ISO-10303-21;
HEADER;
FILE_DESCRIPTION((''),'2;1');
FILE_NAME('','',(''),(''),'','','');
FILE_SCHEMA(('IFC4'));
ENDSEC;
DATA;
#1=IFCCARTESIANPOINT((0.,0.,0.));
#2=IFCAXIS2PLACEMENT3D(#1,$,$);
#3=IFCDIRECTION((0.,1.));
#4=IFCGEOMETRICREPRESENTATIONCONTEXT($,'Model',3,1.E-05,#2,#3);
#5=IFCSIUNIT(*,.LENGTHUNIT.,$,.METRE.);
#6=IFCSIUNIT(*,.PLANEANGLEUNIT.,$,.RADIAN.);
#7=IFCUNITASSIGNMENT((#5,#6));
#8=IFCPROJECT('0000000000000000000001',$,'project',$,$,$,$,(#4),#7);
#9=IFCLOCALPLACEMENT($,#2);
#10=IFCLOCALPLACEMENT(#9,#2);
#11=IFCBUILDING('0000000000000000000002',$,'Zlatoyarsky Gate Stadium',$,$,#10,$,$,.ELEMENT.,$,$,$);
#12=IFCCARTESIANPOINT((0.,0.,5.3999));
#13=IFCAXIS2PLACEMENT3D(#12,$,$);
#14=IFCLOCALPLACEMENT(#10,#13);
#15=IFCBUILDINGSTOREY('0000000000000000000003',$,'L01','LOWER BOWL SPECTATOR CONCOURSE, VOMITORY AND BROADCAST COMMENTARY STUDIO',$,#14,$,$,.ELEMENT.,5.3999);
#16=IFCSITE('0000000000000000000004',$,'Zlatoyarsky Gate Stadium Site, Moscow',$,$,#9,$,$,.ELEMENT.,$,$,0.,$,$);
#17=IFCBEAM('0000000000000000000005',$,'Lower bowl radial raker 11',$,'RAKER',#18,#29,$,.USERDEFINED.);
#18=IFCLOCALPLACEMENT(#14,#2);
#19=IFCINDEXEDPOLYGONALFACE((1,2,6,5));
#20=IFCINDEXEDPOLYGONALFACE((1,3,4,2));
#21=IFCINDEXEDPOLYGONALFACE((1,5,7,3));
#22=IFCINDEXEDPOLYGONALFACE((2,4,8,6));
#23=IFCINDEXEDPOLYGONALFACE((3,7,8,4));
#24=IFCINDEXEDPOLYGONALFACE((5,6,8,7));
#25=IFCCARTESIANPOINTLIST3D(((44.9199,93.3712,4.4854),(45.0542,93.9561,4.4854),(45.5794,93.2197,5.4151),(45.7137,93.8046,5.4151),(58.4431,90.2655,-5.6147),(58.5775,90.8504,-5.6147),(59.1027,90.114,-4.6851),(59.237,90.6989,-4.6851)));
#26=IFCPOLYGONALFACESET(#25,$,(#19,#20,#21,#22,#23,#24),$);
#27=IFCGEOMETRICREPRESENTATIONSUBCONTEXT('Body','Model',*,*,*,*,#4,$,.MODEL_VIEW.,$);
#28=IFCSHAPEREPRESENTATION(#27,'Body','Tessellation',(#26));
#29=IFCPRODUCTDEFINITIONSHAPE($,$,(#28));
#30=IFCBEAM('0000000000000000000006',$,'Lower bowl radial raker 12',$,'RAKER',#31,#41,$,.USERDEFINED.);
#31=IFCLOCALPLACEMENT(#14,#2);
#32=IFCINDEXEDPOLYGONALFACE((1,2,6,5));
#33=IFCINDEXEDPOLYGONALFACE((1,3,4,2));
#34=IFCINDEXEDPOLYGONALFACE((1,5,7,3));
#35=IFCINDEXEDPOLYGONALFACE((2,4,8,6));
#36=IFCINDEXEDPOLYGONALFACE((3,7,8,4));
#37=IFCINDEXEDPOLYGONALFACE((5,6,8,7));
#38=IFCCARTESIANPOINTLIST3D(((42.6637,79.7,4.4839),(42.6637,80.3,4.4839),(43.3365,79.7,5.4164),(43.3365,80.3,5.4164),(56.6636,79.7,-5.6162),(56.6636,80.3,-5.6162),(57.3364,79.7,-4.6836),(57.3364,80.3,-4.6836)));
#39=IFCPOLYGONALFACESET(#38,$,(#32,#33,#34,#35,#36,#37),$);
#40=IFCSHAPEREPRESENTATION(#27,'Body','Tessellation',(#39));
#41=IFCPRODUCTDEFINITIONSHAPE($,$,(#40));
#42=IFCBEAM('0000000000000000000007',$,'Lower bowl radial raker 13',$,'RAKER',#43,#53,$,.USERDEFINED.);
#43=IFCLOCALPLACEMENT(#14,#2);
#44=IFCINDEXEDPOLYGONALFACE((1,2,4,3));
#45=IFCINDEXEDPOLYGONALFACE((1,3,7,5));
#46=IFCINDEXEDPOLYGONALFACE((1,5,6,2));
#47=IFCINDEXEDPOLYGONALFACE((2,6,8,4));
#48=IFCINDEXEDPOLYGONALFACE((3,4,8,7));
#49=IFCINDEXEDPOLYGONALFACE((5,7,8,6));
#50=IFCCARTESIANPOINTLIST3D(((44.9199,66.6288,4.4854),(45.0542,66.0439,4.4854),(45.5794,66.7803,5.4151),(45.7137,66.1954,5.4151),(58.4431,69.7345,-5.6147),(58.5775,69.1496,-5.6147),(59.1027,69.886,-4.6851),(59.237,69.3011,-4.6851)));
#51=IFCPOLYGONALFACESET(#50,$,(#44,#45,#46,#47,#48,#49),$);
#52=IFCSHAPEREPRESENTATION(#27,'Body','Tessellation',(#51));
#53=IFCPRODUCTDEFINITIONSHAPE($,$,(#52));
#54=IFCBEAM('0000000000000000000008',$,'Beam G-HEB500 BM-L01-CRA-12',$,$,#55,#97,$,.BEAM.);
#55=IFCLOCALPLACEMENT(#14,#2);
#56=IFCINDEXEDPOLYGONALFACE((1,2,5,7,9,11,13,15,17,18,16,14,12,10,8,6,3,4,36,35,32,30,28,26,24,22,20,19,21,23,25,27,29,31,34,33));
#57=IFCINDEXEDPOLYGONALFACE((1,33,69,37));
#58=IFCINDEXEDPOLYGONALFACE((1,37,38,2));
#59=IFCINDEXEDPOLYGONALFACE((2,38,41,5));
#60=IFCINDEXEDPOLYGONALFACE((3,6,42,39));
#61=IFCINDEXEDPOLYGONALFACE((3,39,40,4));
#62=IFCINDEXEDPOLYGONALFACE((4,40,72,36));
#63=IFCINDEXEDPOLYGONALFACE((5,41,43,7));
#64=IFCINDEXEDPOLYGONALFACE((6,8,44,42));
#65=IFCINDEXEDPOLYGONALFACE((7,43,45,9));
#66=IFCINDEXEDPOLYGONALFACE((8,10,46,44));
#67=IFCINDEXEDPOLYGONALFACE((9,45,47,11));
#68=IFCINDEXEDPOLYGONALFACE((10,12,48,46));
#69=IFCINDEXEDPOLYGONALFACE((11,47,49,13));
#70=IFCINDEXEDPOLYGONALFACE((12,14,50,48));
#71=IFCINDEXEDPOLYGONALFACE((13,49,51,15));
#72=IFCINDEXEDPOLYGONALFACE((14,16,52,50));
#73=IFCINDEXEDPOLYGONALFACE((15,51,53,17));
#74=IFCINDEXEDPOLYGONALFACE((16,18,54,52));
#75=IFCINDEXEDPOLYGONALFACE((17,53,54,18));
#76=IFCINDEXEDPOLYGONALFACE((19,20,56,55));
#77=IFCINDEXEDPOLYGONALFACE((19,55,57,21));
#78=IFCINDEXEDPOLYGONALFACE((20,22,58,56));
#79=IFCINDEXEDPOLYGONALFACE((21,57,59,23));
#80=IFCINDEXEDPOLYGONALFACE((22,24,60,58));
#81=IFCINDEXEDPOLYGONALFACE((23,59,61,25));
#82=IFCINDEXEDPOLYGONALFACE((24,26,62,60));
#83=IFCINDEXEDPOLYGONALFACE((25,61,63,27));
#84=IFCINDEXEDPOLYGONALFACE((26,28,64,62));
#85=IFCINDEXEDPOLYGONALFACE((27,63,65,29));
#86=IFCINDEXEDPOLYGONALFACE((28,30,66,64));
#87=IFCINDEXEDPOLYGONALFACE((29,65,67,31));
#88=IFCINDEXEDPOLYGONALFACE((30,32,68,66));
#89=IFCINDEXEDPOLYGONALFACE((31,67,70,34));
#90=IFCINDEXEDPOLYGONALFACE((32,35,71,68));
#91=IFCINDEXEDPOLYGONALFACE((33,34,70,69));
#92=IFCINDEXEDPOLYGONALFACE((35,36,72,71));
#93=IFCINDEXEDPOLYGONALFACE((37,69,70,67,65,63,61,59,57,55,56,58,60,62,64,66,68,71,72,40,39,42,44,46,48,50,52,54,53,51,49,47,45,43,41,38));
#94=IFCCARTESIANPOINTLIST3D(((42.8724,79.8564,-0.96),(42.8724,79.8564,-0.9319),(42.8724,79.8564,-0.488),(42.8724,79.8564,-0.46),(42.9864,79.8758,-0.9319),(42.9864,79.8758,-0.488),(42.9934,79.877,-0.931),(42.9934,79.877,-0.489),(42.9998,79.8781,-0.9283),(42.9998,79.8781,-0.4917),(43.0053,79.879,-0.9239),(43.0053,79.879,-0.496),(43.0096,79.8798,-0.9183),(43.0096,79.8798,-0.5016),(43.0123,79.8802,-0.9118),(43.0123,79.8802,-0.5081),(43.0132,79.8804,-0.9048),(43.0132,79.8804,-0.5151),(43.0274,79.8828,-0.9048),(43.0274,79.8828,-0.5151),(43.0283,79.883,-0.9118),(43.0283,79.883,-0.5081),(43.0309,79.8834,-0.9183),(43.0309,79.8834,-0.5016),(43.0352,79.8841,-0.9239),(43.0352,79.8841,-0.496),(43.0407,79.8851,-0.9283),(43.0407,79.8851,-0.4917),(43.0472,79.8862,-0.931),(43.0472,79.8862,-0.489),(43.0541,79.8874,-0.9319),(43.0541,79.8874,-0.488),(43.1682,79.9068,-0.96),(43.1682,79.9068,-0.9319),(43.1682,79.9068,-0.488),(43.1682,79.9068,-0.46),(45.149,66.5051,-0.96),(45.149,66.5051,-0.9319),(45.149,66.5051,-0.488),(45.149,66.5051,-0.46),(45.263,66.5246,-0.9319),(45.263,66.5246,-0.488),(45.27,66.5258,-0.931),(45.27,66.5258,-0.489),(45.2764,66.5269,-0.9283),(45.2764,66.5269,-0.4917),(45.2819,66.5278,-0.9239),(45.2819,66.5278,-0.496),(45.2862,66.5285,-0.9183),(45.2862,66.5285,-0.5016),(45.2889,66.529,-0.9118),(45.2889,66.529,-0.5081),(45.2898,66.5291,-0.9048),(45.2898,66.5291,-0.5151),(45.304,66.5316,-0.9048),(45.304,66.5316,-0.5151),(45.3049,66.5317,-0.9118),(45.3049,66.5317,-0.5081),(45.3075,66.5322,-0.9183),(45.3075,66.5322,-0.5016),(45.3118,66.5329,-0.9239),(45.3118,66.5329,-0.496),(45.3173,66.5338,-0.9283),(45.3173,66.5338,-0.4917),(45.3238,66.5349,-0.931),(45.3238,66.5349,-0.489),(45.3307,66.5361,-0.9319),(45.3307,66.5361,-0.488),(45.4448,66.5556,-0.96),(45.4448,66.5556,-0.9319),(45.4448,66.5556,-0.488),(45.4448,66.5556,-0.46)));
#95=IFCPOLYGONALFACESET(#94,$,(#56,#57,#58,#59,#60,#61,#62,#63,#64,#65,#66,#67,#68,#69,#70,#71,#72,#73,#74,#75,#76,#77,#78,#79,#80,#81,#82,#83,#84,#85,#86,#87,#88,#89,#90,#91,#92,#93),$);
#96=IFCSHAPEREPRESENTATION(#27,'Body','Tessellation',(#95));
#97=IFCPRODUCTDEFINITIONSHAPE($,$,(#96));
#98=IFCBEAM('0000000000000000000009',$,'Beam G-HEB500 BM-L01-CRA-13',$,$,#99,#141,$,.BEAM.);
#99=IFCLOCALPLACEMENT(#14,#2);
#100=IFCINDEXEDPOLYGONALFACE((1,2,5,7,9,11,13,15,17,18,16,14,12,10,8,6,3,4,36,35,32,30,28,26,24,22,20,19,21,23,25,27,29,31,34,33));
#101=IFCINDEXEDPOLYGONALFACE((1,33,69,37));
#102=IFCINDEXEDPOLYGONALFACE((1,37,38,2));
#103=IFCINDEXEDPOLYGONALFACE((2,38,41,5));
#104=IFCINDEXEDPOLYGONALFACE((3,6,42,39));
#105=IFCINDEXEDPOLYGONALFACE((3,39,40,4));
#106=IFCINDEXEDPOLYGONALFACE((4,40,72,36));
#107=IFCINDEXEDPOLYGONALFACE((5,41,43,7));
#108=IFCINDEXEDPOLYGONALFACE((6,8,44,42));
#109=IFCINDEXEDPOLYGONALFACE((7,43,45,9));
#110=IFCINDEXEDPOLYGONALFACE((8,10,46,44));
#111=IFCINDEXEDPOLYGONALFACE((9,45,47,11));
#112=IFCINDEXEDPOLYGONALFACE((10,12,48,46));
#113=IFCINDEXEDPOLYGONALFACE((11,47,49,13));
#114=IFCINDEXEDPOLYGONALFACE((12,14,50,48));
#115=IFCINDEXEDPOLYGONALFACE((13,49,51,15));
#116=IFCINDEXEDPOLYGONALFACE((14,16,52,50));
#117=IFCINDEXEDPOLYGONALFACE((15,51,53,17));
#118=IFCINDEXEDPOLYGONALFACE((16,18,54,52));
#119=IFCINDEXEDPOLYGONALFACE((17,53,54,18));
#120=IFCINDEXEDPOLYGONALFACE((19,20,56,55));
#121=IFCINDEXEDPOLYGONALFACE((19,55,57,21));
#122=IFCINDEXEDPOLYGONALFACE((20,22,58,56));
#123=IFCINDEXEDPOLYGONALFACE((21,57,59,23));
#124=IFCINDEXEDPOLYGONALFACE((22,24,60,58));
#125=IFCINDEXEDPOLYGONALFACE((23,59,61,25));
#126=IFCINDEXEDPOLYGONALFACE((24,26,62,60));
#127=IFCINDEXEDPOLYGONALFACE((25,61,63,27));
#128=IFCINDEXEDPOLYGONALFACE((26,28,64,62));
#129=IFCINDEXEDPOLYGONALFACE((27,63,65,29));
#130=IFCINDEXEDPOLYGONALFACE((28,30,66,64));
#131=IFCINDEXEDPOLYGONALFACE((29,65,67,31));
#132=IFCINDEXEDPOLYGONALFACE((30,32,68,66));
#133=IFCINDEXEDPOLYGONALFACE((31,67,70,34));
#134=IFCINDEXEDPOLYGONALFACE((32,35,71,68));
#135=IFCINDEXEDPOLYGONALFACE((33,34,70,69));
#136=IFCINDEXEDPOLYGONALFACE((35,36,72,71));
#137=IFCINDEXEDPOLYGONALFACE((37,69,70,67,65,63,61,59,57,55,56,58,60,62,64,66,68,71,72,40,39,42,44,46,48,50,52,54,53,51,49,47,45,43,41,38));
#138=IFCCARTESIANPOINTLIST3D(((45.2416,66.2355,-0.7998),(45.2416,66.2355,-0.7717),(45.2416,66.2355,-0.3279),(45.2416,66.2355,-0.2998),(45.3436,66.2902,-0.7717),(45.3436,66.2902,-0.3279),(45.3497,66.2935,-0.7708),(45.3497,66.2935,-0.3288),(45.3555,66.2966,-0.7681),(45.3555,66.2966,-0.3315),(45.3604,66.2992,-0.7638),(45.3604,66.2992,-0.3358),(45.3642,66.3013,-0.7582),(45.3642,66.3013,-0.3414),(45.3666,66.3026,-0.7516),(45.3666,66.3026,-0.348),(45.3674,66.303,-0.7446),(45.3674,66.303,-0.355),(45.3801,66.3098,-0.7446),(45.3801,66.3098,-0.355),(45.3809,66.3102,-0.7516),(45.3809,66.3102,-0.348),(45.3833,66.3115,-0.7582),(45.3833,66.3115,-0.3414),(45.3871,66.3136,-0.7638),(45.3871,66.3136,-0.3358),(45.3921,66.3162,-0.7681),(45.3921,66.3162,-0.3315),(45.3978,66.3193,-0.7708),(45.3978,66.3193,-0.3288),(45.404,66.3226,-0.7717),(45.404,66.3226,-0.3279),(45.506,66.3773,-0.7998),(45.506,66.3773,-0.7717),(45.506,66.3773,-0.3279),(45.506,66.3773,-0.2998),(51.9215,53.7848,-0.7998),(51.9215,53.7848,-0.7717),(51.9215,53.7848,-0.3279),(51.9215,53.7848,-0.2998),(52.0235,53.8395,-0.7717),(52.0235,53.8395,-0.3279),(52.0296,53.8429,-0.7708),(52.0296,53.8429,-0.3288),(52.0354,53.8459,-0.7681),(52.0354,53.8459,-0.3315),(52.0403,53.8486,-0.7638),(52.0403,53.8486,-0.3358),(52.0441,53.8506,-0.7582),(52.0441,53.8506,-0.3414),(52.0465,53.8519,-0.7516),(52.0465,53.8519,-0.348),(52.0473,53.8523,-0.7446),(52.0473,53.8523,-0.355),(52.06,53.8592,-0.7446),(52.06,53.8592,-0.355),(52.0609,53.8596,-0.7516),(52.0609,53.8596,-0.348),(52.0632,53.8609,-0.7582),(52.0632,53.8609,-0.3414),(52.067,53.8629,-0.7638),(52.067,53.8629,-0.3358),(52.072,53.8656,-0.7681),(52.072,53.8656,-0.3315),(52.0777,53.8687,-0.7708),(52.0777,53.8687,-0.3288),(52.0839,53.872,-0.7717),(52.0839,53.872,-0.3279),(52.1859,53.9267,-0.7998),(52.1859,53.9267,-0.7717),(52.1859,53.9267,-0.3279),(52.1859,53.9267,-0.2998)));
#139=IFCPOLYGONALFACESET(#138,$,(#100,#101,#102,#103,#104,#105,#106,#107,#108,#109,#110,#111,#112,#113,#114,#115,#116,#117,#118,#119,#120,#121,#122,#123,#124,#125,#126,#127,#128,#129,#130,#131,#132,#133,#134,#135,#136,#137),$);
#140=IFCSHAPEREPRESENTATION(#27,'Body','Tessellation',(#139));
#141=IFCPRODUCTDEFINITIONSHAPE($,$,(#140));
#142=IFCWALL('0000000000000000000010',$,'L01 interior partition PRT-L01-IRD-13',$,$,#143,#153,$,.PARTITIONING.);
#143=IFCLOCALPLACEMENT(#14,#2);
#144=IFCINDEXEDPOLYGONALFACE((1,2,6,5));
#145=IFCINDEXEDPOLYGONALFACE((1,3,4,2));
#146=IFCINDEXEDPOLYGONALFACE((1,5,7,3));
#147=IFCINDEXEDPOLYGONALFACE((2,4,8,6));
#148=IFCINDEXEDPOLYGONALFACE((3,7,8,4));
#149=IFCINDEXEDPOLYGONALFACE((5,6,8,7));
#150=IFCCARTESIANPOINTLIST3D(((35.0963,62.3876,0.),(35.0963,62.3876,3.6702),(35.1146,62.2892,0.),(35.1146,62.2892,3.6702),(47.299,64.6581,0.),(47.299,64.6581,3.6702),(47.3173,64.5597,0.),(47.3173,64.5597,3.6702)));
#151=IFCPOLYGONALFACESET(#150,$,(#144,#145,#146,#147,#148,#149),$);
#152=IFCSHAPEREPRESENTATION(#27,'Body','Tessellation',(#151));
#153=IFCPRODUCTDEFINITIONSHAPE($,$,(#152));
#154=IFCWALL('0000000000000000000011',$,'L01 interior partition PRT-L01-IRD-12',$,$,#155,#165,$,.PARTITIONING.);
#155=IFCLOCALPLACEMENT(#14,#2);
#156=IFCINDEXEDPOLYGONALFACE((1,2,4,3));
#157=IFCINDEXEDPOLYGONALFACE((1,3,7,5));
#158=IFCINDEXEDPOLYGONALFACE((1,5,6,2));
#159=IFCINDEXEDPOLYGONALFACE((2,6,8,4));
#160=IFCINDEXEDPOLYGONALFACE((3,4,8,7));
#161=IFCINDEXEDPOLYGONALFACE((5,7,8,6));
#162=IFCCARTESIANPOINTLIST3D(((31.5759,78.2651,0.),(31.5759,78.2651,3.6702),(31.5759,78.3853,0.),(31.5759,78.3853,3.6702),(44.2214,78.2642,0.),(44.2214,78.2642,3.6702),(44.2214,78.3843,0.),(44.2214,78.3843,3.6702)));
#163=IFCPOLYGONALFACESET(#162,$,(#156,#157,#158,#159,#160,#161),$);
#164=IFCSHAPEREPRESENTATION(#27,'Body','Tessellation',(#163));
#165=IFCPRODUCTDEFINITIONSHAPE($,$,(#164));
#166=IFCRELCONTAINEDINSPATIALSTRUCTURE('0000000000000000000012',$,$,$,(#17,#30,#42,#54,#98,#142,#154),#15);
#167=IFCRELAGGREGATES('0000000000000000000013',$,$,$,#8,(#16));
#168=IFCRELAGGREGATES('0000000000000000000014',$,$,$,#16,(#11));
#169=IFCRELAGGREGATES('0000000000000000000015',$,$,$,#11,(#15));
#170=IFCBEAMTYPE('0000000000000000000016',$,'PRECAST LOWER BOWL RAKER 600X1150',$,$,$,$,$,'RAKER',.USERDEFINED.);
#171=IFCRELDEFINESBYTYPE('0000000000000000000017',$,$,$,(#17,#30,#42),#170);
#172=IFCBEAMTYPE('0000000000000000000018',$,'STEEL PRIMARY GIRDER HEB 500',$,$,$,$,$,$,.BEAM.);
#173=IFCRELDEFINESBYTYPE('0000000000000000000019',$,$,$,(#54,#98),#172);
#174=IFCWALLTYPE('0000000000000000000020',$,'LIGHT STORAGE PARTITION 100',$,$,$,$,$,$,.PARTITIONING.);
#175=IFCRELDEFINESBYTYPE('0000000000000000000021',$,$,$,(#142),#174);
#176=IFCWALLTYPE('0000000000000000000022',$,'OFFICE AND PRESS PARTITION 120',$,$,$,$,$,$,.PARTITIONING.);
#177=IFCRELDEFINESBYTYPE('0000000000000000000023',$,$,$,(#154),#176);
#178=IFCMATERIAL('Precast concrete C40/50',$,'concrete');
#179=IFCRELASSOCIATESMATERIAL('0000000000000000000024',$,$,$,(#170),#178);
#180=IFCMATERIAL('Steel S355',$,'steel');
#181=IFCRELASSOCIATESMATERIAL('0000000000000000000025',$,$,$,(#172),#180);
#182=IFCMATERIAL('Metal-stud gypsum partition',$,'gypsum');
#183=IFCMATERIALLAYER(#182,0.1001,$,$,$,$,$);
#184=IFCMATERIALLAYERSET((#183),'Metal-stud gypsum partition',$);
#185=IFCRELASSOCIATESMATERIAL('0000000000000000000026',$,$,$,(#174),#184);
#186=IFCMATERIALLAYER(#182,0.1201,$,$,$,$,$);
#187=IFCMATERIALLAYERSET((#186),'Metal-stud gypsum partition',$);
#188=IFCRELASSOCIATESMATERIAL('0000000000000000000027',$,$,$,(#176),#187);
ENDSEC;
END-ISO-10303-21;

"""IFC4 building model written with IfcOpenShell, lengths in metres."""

from ifc_helpers import new_model, si_unit, direction, frame, frame_2d, origin, origin_2d, place, context, subcontext, project, spatial, rectangle, i_section, extrude, material, layer, layer_set, material_profile, profile_set, type_object, element, save


model = new_model("IFC4")

# Units and contexts
model_context = context("Model", 3, precision=1e-05, world=origin(), true_north=direction((0.0, 1.0)))
body_context = subcontext(model_context, "Body", "Model", "MODEL_VIEW")
ifc_project = project(units=[si_unit("LENGTHUNIT", "METRE"), si_unit("PLANEANGLEUNIT", "RADIAN")], contexts=[model_context])

# Site, building, storey
site_placement = place(None, origin())
site = spatial("IfcSite", under=ifc_project, at=site_placement, Name="Zlatoyarsky Gate Stadium Site, Moscow", CompositionType="ELEMENT", RefElevation=0.0)
building_placement = place(site_placement, origin())
building = spatial("IfcBuilding", under=site, at=building_placement, Name="Zlatoyarsky Gate Stadium", CompositionType="ELEMENT")
storey_placement = place(building_placement, frame((0.0, 0.0, 5.3999)))
storey = spatial("IfcBuildingStorey", under=building, at=storey_placement, Name="L01", Description="LOWER BOWL SPECTATOR CONCOURSE, VOMITORY AND BROADCAST COMMENTARY STUDIO", CompositionType="ELEMENT", Elevation=5.3999)

# Beams
ifc_material_1 = material(Name="Precast concrete C40/50", Category="concrete")
ifc_material_profile_1 = material_profile(ifc_material_1, rectangle(XDim=0.6001, YDim=1.1499, at=origin_2d()), Name="PC RAKER 600X1150")
ifc_profile_set_1 = profile_set([ifc_material_profile_1], Name="Precast concrete C40/50")
beam_type_1 = type_object("IfcBeamType", Name="PRECAST LOWER BOWL RAKER 600X1150", ElementType="RAKER", PredefinedType="USERDEFINED", material=ifc_profile_set_1)
beam_1_placement = place(storey_placement, frame((58.8401, 90.4822, -5.1499), z_axis=(-0.787973, 0.180965, 0.588515), x_axis=(-0.223831, -0.974628, 0.0)))
element("IfcBeam", 1, at=beam_1_placement, inside=storey, type_object=beam_type_1, Name="Lower bowl radial raker 11", ObjectType="RAKER", PredefinedType="USERDEFINED", context=body_context, shape_type="SweptSolid", body=[
    extrude(rectangle(XDim=0.6001, YDim=1.1499, at=origin_2d()), origin(), (0.0, 0.0, 1.0), 17.1621),
])
beam_2_placement = place(storey_placement, frame((57.0, 80.0, -5.1499), z_axis=(-0.810982, 0.0, 0.585071), x_axis=(0.0, -1.0, 0.0)))
element("IfcBeam", 2, at=beam_2_placement, inside=storey, type_object=beam_type_1, Name="Lower bowl radial raker 12", ObjectType="RAKER", PredefinedType="USERDEFINED", context=body_context, shape_type="SweptSolid", body=[
    extrude(rectangle(XDim=0.6001, YDim=1.1499, at=origin_2d()), origin(), (0.0, 0.0, 1.0), 17.2629),
])
beam_3_placement = place(storey_placement, frame((58.8401, 69.5178, -5.1499), z_axis=(-0.787973, -0.180965, 0.588515), x_axis=(0.223831, -0.974628, 0.0)))
element("IfcBeam", 3, at=beam_3_placement, inside=storey, type_object=beam_type_1, Name="Lower bowl radial raker 13", ObjectType="RAKER", PredefinedType="USERDEFINED", context=body_context, shape_type="SweptSolid", body=[
    extrude(rectangle(XDim=0.6001, YDim=1.1499, at=origin_2d()), origin(), (0.0, 0.0, 1.0), 17.1621),
])
ifc_material_2 = material(Name="Steel S355", Category="steel")
ifc_material_profile_2 = material_profile(ifc_material_2, i_section(OverallWidth=0.3, OverallDepth=0.5, WebThickness=0.0144, FlangeThickness=0.0281, FilletRadius=0.0271, at=origin_2d()), Name="HEB 500")
ifc_profile_set_2 = profile_set([ifc_material_profile_2], Name="Steel S355")
beam_type_2 = type_object("IfcBeamType", Name="STEEL PRIMARY GIRDER HEB 500", PredefinedType="BEAM", material=ifc_profile_set_2)
beam_4_placement = place(storey_placement, frame((43.0203, 79.8816, -0.71), z_axis=(0.16809, -0.985772, 0.0), x_axis=(0.985772, 0.16809, 0.0)))
element("IfcBeam", 4, at=beam_4_placement, inside=storey, type_object=beam_type_2, Name="Beam G-HEB500 BM-L01-CRA-12", PredefinedType="BEAM", context=body_context, shape_type="SweptSolid", body=[
    extrude(i_section(OverallWidth=0.3, OverallDepth=0.5, WebThickness=0.0144, FlangeThickness=0.0281, FilletRadius=0.0271, at=origin_2d()), origin(), (0.0, 0.0, 1.0), 13.5439),
])
beam_5_placement = place(storey_placement, frame((45.3738, 66.3064, -0.5498), z_axis=(0.472767, -0.881187, 0.0), x_axis=(0.881187, 0.472767, 0.0)))
element("IfcBeam", 5, at=beam_5_placement, inside=storey, type_object=beam_type_2, Name="Beam G-HEB500 BM-L01-CRA-13", PredefinedType="BEAM", context=body_context, shape_type="SweptSolid", body=[
    extrude(i_section(OverallWidth=0.3, OverallDepth=0.5, WebThickness=0.0144, FlangeThickness=0.0281, FilletRadius=0.0271, at=origin_2d()), origin(), (0.0, 0.0, 1.0), 14.1294),
])

# Walls
ifc_material_3 = material(Name="Metal-stud gypsum partition", Category="gypsum")
ifc_layer_1 = layer(ifc_material_3, 0.1001)
ifc_layer_set_1 = layer_set([ifc_layer_1], Name="Metal-stud gypsum partition")
wall_type_1 = type_object("IfcWallType", Name="LIGHT STORAGE PARTITION 100", PredefinedType="PARTITIONING", material=ifc_layer_set_1)
wall_1_placement = place(storey_placement, frame((47.3081, 64.6089, 0.0), z_axis=(0.0, 0.0, 1.0), x_axis=(-0.983126, -0.182927, 0.0)))
element("IfcWall", 6, at=wall_1_placement, inside=storey, type_object=wall_type_1, Name="L01 interior partition PRT-L01-IRD-13", PredefinedType="PARTITIONING", context=body_context, shape_type="SweptSolid", body=[
    extrude(rectangle(XDim=12.4121, YDim=0.1001, at=frame_2d((6.2061, 0.0))), origin(), (0.0, 0.0, 1.0), 3.6702),
])
ifc_layer_2 = layer(ifc_material_3, 0.1201)
ifc_layer_set_2 = layer_set([ifc_layer_2], Name="Metal-stud gypsum partition")
wall_type_2 = type_object("IfcWallType", Name="OFFICE AND PRESS PARTITION 120", PredefinedType="PARTITIONING", material=ifc_layer_set_2)
wall_2_placement = place(storey_placement, frame((44.2214, 78.3242, 0.0), z_axis=(0.0, 0.0, 1.0), x_axis=(-1.0, 0.000077, 0.0)))
element("IfcWall", 7, at=wall_2_placement, inside=storey, type_object=wall_type_2, Name="L01 interior partition PRT-L01-IRD-12", PredefinedType="PARTITIONING", context=body_context, shape_type="SweptSolid", body=[
    extrude(rectangle(XDim=12.6455, YDim=0.1201, at=frame_2d((6.3228, 0.0))), origin(), (0.0, 0.0, 1.0), 3.6702),
])

save(model, "model.ifc")
